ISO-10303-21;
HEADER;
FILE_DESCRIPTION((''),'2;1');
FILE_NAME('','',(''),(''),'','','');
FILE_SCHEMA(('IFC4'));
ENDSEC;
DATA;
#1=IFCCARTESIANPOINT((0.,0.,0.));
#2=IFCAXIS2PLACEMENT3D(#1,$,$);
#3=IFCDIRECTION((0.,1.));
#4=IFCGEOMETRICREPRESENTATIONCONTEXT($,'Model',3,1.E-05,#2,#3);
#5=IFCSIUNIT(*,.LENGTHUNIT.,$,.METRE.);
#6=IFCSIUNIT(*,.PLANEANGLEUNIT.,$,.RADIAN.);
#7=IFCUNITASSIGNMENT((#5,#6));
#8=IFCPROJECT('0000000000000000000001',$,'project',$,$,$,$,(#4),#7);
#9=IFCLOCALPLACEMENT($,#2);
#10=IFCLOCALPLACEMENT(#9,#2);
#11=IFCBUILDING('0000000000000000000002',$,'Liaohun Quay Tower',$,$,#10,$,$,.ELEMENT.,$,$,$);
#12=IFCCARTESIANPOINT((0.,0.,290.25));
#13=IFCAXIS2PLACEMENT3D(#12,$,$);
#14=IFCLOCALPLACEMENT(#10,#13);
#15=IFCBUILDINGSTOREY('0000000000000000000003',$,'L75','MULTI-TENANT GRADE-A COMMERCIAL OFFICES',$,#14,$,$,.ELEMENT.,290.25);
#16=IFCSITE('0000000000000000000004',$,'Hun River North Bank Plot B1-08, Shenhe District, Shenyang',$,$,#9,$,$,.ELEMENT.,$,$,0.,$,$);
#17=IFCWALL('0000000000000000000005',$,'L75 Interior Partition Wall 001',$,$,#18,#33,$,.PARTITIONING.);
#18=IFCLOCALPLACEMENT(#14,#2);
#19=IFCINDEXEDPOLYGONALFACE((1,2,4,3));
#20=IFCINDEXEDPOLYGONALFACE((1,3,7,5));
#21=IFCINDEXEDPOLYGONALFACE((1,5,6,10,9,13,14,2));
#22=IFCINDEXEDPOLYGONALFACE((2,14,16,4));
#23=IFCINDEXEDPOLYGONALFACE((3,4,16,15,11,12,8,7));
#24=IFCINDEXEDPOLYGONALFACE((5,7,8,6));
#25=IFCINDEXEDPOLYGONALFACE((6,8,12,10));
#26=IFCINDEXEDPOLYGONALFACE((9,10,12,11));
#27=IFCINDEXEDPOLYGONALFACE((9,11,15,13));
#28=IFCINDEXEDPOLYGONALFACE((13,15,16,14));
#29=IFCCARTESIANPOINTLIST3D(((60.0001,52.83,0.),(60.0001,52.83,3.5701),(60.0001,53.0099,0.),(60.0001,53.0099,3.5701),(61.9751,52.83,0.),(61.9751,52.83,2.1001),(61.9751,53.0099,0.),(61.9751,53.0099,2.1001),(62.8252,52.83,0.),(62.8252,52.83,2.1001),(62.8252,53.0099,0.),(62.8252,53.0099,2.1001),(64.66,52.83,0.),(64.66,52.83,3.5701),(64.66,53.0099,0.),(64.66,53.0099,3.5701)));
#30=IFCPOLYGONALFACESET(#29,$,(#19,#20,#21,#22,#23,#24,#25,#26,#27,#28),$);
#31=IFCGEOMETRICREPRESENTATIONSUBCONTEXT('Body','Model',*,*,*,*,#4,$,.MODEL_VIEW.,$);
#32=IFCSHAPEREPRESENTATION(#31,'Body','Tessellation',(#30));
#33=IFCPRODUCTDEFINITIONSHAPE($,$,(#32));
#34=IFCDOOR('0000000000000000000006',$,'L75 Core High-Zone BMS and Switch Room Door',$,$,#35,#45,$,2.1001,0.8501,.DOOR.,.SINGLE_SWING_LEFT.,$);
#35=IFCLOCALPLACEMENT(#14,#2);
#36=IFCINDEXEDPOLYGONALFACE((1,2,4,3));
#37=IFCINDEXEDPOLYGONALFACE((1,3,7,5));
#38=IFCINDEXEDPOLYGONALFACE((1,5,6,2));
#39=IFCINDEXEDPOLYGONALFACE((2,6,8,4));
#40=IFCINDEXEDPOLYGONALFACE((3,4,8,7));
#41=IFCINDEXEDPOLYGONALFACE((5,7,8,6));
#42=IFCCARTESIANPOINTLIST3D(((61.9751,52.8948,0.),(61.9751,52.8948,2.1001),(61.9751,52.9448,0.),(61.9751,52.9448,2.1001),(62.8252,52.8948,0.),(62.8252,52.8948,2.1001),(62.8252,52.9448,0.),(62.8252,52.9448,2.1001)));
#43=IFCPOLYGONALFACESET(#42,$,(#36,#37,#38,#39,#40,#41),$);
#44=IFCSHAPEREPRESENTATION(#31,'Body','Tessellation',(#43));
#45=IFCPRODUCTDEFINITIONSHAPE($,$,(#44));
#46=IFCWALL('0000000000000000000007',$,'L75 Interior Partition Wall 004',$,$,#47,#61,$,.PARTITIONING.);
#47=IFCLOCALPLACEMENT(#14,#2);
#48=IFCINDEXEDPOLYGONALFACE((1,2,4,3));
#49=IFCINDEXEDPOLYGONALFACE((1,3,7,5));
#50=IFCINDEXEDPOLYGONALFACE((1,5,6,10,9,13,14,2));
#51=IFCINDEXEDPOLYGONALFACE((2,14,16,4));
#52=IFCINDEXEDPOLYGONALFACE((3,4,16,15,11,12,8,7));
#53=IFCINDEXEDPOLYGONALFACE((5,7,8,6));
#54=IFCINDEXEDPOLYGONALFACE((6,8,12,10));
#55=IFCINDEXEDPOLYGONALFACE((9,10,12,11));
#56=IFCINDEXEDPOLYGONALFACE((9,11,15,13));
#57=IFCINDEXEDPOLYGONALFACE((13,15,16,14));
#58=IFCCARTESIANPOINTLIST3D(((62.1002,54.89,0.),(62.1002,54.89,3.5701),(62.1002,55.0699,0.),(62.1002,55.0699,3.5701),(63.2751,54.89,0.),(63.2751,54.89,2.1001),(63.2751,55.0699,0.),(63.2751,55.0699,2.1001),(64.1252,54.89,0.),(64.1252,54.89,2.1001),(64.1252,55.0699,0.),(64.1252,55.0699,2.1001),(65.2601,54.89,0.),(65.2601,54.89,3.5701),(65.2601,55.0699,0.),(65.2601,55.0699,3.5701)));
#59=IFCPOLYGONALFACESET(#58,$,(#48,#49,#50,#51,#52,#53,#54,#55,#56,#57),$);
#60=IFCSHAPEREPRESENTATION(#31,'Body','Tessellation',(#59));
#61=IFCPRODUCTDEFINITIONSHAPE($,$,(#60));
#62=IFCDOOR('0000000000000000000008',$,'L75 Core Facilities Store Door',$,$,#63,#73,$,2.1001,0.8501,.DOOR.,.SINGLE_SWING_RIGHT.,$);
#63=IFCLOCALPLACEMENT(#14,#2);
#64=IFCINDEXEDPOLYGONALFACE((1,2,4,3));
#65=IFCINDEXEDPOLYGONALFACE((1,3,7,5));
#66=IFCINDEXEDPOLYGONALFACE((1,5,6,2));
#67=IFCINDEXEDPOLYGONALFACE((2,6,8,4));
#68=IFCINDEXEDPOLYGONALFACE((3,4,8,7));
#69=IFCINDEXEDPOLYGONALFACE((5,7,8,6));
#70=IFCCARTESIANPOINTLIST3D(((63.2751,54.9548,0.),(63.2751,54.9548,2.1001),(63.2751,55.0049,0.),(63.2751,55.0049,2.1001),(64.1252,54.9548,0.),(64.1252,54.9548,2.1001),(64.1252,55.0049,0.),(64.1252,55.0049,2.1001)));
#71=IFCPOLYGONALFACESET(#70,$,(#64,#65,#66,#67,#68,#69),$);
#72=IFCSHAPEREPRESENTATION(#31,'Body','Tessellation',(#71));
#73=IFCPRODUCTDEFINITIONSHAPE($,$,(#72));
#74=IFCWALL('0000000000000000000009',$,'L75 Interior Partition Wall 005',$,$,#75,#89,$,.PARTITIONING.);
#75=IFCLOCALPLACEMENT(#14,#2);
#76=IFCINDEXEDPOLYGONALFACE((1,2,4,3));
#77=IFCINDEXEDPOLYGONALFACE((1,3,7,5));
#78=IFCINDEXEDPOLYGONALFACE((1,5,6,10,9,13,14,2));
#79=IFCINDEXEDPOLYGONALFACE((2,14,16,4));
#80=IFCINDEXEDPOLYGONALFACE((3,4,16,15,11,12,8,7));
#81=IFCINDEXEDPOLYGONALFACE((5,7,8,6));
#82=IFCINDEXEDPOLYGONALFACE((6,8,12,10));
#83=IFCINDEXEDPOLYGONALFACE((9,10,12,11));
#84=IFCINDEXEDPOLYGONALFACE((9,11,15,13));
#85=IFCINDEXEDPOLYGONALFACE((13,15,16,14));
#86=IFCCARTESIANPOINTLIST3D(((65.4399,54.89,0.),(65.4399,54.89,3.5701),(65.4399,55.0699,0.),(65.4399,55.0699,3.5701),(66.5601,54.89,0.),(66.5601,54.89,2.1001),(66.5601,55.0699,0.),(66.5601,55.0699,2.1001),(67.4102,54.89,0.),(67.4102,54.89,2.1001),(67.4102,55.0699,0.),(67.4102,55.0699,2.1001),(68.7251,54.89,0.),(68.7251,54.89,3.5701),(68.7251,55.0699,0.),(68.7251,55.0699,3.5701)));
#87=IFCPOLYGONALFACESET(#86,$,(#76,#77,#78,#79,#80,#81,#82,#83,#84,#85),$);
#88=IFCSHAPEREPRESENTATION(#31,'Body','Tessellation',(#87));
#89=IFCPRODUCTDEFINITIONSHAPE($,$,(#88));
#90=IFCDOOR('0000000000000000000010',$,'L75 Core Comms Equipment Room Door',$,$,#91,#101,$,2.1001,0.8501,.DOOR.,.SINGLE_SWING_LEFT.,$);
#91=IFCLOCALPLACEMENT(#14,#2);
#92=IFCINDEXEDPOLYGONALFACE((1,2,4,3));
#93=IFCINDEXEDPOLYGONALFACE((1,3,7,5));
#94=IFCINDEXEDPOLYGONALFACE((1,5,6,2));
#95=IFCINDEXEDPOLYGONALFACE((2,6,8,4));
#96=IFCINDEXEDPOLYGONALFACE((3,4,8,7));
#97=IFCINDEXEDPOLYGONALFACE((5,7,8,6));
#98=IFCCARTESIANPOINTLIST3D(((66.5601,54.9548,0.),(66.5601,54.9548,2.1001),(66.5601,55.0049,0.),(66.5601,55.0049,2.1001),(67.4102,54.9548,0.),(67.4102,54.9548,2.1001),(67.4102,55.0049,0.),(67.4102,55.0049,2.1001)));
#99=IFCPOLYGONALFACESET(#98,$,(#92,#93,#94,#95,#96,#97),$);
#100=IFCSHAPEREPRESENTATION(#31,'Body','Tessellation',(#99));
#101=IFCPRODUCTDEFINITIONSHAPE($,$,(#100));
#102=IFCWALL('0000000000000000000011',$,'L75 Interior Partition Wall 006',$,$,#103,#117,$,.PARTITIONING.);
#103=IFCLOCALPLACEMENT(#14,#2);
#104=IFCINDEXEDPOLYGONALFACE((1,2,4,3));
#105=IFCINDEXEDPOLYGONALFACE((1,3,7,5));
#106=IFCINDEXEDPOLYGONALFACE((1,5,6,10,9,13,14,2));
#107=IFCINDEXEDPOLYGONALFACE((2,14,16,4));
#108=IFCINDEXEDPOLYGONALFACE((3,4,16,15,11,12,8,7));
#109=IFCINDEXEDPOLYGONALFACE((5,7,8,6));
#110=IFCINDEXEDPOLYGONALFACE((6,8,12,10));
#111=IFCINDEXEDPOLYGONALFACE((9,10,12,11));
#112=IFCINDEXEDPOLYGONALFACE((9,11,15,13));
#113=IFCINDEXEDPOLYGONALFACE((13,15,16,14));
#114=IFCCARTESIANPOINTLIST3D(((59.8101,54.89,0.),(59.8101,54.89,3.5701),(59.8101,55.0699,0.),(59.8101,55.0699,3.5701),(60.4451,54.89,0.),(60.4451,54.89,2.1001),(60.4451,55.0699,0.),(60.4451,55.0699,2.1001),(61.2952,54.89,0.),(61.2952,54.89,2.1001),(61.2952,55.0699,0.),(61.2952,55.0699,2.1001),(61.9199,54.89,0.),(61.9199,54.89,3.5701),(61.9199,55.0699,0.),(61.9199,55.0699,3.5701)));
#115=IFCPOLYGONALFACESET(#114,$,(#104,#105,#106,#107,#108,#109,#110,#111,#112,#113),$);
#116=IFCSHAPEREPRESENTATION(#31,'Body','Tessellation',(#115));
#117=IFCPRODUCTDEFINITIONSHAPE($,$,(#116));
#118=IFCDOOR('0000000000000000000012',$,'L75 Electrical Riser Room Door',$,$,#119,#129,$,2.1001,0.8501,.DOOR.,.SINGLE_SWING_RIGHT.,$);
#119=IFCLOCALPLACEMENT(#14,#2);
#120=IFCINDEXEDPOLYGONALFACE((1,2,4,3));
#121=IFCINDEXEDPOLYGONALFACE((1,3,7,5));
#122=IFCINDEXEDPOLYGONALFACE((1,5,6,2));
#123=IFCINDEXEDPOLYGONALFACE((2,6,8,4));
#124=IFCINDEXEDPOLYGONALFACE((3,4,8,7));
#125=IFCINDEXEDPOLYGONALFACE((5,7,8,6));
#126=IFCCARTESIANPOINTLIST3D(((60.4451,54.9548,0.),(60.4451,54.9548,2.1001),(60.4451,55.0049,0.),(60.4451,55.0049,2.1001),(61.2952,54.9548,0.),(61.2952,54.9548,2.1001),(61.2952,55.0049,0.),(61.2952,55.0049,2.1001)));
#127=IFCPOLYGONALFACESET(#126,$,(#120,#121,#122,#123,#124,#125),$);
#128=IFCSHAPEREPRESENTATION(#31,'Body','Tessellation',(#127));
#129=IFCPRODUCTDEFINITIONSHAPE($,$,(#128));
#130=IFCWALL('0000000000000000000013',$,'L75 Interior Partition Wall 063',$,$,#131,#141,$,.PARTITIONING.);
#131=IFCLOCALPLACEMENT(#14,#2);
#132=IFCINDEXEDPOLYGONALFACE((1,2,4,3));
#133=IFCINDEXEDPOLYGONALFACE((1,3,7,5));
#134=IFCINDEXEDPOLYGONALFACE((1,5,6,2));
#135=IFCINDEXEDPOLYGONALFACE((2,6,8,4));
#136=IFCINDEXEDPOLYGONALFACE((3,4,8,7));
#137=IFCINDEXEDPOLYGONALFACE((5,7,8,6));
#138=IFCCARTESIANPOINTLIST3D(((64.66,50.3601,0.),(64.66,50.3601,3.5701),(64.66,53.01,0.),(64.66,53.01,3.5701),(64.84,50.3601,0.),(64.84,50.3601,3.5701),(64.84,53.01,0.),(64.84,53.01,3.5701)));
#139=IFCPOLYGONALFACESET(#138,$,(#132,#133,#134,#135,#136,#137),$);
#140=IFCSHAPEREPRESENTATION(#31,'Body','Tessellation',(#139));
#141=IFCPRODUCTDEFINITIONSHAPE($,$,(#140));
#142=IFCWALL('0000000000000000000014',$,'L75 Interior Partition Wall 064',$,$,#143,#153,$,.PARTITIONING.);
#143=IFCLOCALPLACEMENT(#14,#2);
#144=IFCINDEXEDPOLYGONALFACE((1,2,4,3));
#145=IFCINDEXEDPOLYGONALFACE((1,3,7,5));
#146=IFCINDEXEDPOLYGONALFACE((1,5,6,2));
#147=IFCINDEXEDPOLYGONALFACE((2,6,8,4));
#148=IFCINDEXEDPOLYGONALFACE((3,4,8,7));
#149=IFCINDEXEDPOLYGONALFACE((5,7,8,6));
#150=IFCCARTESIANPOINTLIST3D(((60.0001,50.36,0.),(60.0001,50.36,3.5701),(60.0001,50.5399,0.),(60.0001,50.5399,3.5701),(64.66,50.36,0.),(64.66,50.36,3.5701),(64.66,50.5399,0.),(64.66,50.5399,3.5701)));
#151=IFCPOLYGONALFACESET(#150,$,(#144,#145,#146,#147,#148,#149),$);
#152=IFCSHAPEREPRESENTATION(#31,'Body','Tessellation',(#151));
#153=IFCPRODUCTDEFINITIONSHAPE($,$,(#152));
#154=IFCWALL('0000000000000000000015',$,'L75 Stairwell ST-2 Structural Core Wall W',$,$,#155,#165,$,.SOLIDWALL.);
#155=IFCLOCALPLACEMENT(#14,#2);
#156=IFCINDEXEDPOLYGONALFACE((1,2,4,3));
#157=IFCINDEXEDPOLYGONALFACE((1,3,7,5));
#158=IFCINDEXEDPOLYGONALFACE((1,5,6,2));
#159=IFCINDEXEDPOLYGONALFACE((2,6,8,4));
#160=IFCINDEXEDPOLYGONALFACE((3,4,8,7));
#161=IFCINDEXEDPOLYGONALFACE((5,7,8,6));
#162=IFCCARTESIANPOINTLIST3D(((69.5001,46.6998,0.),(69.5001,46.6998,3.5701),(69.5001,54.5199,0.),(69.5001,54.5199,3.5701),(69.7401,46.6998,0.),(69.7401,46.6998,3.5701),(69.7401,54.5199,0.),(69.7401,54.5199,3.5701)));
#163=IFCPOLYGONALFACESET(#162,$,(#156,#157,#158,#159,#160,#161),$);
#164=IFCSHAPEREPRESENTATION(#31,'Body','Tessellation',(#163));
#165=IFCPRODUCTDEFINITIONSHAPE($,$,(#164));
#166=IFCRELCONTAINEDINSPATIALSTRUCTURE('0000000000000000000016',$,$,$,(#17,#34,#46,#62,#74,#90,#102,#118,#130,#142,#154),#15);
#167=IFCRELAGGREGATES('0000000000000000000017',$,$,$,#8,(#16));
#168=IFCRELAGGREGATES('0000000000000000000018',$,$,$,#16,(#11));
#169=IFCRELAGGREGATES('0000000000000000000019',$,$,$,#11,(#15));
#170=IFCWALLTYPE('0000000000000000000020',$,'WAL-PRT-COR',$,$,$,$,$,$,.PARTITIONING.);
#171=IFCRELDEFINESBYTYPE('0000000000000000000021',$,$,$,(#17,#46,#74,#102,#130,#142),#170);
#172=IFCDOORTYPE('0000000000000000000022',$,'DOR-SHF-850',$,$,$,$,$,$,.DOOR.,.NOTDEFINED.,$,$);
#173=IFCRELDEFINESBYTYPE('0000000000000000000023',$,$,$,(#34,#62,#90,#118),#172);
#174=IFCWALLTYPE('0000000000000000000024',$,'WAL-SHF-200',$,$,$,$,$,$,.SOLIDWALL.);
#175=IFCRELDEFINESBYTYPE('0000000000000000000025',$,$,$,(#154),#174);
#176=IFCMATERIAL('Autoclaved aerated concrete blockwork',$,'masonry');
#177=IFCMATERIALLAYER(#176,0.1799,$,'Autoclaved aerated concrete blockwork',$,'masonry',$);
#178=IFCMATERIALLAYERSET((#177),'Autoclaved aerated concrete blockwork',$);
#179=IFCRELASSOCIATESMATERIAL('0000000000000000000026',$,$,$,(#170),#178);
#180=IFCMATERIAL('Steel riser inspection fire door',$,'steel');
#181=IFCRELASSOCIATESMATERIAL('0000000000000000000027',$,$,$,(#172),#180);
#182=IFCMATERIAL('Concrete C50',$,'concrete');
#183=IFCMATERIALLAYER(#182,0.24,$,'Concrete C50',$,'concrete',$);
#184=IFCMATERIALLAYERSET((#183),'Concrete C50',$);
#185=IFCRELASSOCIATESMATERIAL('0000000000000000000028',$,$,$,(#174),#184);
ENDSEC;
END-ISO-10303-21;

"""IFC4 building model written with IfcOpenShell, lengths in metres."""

from ifc_helpers import new_model, si_unit, direction, frame, frame_2d, origin, place, context, subcontext, project, spatial, rectangle, extrude, source, transform, mapped, material, layer, layer_set, type_object, element, fill, save


model = new_model("IFC4")

# Units and contexts
model_context = context("Model", 3, precision=1e-05, world=origin(), true_north=direction((0.0, 1.0)))
body_context = subcontext(model_context, "Body", "Model", "MODEL_VIEW")
ifc_project = project(units=[si_unit("LENGTHUNIT", "METRE"), si_unit("PLANEANGLEUNIT", "RADIAN")], contexts=[model_context])

# Site, building, storey
site_placement = place(None, origin())
site = spatial("IfcSite", under=ifc_project, at=site_placement, Name="Hun River North Bank Plot B1-08, Shenhe District, Shenyang", CompositionType="ELEMENT", RefElevation=0.0)
building_placement = place(site_placement, origin())
building = spatial("IfcBuilding", under=site, at=building_placement, Name="Liaohun Quay Tower", CompositionType="ELEMENT")
storey_placement = place(building_placement, frame((0.0, 0.0, 290.25)))
storey = spatial("IfcBuildingStorey", under=building, at=storey_placement, Name="L75", Description="MULTI-TENANT GRADE-A COMMERCIAL OFFICES", CompositionType="ELEMENT", Elevation=290.25)

# Walls, openings, doors
ifc_material_1 = material(Name="Autoclaved aerated concrete blockwork", Category="masonry")
ifc_layer_1 = layer(ifc_material_1, 0.1799, Name="Autoclaved aerated concrete blockwork", Category="masonry")
ifc_layer_set_1 = layer_set([ifc_layer_1], Name="Autoclaved aerated concrete blockwork")
wall_type_1 = type_object("IfcWallType", Name="WAL-PRT-COR", PredefinedType="PARTITIONING", material=ifc_layer_set_1)
wall_1_placement = place(storey_placement, frame((60.0, 52.9199, 0.0), z_axis=(0.0, 0.0, 1.0), x_axis=(1.0, 0.0, 0.0)))
wall_1 = element("IfcWall", 1, at=wall_1_placement, inside=storey, type_object=wall_type_1, Name="L75 Interior Partition Wall 001", PredefinedType="PARTITIONING", context=body_context, shape_type="SweptSolid", body=[
    extrude(rectangle(XDim=4.6599, YDim=0.1799, at=frame_2d((2.3301, 0.0))), origin(), (0.0, 0.0, 1.0), 3.5701),
])
shared_shape_1 = source(origin(), body_context, "Body", "SweptSolid", [
    extrude(rectangle(XDim=0.8501, YDim=2.1001, at=frame_2d((0.425, 1.05))), frame((0.0, 0.0999, 0.0), z_axis=(0.0, -1.0, 0.0), x_axis=(1.0, 0.0, 0.0)), (0.0, 0.0, 1.0), 0.2),
])
opening_1_placement = place(wall_1_placement, frame((1.9751, 0.0, 0.0)))
opening_1 = element("IfcOpeningElement", 2, at=opening_1_placement, cuts=wall_1, PredefinedType="OPENING", context=body_context, shape_type="MappedRepresentation", body=[
    mapped(shared_shape_1, transform((0.0, 0.0, 0.0), x_axis=(1.0, 0.0, 0.0), y_axis=(0.0, 1.0, 0.0), z_axis=(0.0, 0.0, 1.0), scale=1.0)),
])
ifc_material_2 = material(Name="Steel riser inspection fire door", Category="steel")
door_type_1 = type_object("IfcDoorType", Name="DOR-SHF-850", OperationType="NOTDEFINED", PredefinedType="DOOR", material=ifc_material_2)
shared_shape_2 = source(origin(), body_context, "Body", "SweptSolid", [
    extrude(rectangle(XDim=0.8501, YDim=2.1001, at=frame_2d((0.425, 1.05))), frame((0.0, 0.0249, 0.0), z_axis=(0.0, -1.0, 0.0), x_axis=(1.0, 0.0, 0.0)), (0.0, 0.0, 1.0), 0.05),
])
door_1_placement = place(opening_1_placement, origin())
door_1 = element("IfcDoor", 3, at=door_1_placement, inside=storey, type_object=door_type_1, Name="L75 Core High-Zone BMS and Switch Room Door", OperationType="SINGLE_SWING_LEFT", OverallHeight=2.1001, OverallWidth=0.8501, PredefinedType="DOOR", context=body_context, shape_type="MappedRepresentation", body=[
    mapped(shared_shape_2, transform((0.0, 0.0, 0.0), x_axis=(1.0, 0.0, 0.0), y_axis=(0.0, 1.0, 0.0), z_axis=(0.0, 0.0, 1.0), scale=1.0)),
])
fill(opening_1, door_1)
wall_2_placement = place(storey_placement, frame((62.1001, 54.98, 0.0), z_axis=(0.0, 0.0, 1.0), x_axis=(1.0, 0.0, 0.0)))
wall_2 = element("IfcWall", 4, at=wall_2_placement, inside=storey, type_object=wall_type_1, Name="L75 Interior Partition Wall 004", PredefinedType="PARTITIONING", context=body_context, shape_type="SweptSolid", body=[
    extrude(rectangle(XDim=3.1599, YDim=0.1799, at=frame_2d((1.5801, 0.0))), origin(), (0.0, 0.0, 1.0), 3.5701),
])
opening_2_placement = place(wall_2_placement, frame((1.175, 0.0, 0.0)))
opening_2 = element("IfcOpeningElement", 5, at=opening_2_placement, cuts=wall_2, PredefinedType="OPENING", context=body_context, shape_type="MappedRepresentation", body=[
    mapped(shared_shape_1, transform((0.0, 0.0, 0.0), x_axis=(1.0, 0.0, 0.0), y_axis=(0.0, 1.0, 0.0), z_axis=(0.0, 0.0, 1.0), scale=1.0)),
])
door_2_placement = place(opening_2_placement, origin())
door_2 = element("IfcDoor", 6, at=door_2_placement, inside=storey, type_object=door_type_1, Name="L75 Core Facilities Store Door", OperationType="SINGLE_SWING_RIGHT", OverallHeight=2.1001, OverallWidth=0.8501, PredefinedType="DOOR", context=body_context, shape_type="MappedRepresentation", body=[
    mapped(shared_shape_2, transform((0.0, 0.0, 0.0), x_axis=(1.0, 0.0, 0.0), y_axis=(0.0, 1.0, 0.0), z_axis=(0.0, 0.0, 1.0), scale=1.0)),
])
fill(opening_2, door_2)
wall_3_placement = place(storey_placement, frame((65.4399, 54.98, 0.0), z_axis=(0.0, 0.0, 1.0), x_axis=(1.0, 0.0, 0.0)))
wall_3 = element("IfcWall", 7, at=wall_3_placement, inside=storey, type_object=wall_type_1, Name="L75 Interior Partition Wall 005", PredefinedType="PARTITIONING", context=body_context, shape_type="SweptSolid", body=[
    extrude(rectangle(XDim=3.2852, YDim=0.1799, at=frame_2d((1.6426, 0.0))), origin(), (0.0, 0.0, 1.0), 3.5701),
])
opening_3_placement = place(wall_3_placement, frame((1.1201, 0.0, 0.0)))
opening_3 = element("IfcOpeningElement", 8, at=opening_3_placement, cuts=wall_3, PredefinedType="OPENING", context=body_context, shape_type="MappedRepresentation", body=[
    mapped(shared_shape_1, transform((0.0, 0.0, 0.0), x_axis=(1.0, 0.0, 0.0), y_axis=(0.0, 1.0, 0.0), z_axis=(0.0, 0.0, 1.0), scale=1.0)),
])
door_3_placement = place(opening_3_placement, origin())
door_3 = element("IfcDoor", 9, at=door_3_placement, inside=storey, type_object=door_type_1, Name="L75 Core Comms Equipment Room Door", OperationType="SINGLE_SWING_LEFT", OverallHeight=2.1001, OverallWidth=0.8501, PredefinedType="DOOR", context=body_context, shape_type="MappedRepresentation", body=[
    mapped(shared_shape_2, transform((0.0, 0.0, 0.0), x_axis=(1.0, 0.0, 0.0), y_axis=(0.0, 1.0, 0.0), z_axis=(0.0, 0.0, 1.0), scale=1.0)),
])
fill(opening_3, door_3)
wall_4_placement = place(storey_placement, frame((59.8101, 54.98, 0.0), z_axis=(0.0, 0.0, 1.0), x_axis=(1.0, 0.0, 0.0)))
wall_4 = element("IfcWall", 10, at=wall_4_placement, inside=storey, type_object=wall_type_1, Name="L75 Interior Partition Wall 006", PredefinedType="PARTITIONING", context=body_context, shape_type="SweptSolid", body=[
    extrude(rectangle(XDim=2.1099, YDim=0.1799, at=frame_2d((1.0549, 0.0))), origin(), (0.0, 0.0, 1.0), 3.5701),
])
opening_4_placement = place(wall_4_placement, frame((0.635, 0.0, 0.0)))
opening_4 = element("IfcOpeningElement", 11, at=opening_4_placement, cuts=wall_4, PredefinedType="OPENING", context=body_context, shape_type="MappedRepresentation", body=[
    mapped(shared_shape_1, transform((0.0, 0.0, 0.0), x_axis=(1.0, 0.0, 0.0), y_axis=(0.0, 1.0, 0.0), z_axis=(0.0, 0.0, 1.0), scale=1.0)),
])
door_4_placement = place(opening_4_placement, origin())
door_4 = element("IfcDoor", 12, at=door_4_placement, inside=storey, type_object=door_type_1, Name="L75 Electrical Riser Room Door", OperationType="SINGLE_SWING_RIGHT", OverallHeight=2.1001, OverallWidth=0.8501, PredefinedType="DOOR", context=body_context, shape_type="MappedRepresentation", body=[
    mapped(shared_shape_2, transform((0.0, 0.0, 0.0), x_axis=(1.0, 0.0, 0.0), y_axis=(0.0, 1.0, 0.0), z_axis=(0.0, 0.0, 1.0), scale=1.0)),
])
fill(opening_4, door_4)

# Walls
wall_5_placement = place(storey_placement, frame((64.75, 50.3601, 0.0), z_axis=(0.0, 0.0, 1.0), x_axis=(0.0, 1.0, 0.0)))
element("IfcWall", 13, at=wall_5_placement, inside=storey, type_object=wall_type_1, Name="L75 Interior Partition Wall 063", PredefinedType="PARTITIONING", context=body_context, shape_type="SweptSolid", body=[
    extrude(rectangle(XDim=2.6499, YDim=0.1799, at=frame_2d((1.325, 0.0))), origin(), (0.0, 0.0, 1.0), 3.5701),
])
wall_6_placement = place(storey_placement, frame((60.0, 50.45, 0.0), z_axis=(0.0, 0.0, 1.0), x_axis=(1.0, 0.0, 0.0)))
element("IfcWall", 14, at=wall_6_placement, inside=storey, type_object=wall_type_1, Name="L75 Interior Partition Wall 064", PredefinedType="PARTITIONING", context=body_context, shape_type="SweptSolid", body=[
    extrude(rectangle(XDim=4.6599, YDim=0.1799, at=frame_2d((2.3301, 0.0))), origin(), (0.0, 0.0, 1.0), 3.5701),
])
ifc_material_3 = material(Name="Concrete C50", Category="concrete")
ifc_layer_2 = layer(ifc_material_3, 0.24, Name="Concrete C50", Category="concrete")
ifc_layer_set_2 = layer_set([ifc_layer_2], Name="Concrete C50")
wall_type_2 = type_object("IfcWallType", Name="WAL-SHF-200", PredefinedType="SOLIDWALL", material=ifc_layer_set_2)
wall_7_placement = place(storey_placement, frame((69.6201, 54.52, 0.0), z_axis=(0.0, 0.0, 1.0), x_axis=(0.0, -1.0, 0.0)))
element("IfcWall", 15, at=wall_7_placement, inside=storey, type_object=wall_type_2, Name="L75 Stairwell ST-2 Structural Core Wall W", PredefinedType="SOLIDWALL", context=body_context, shape_type="SweptSolid", body=[
    extrude(rectangle(XDim=7.8201, YDim=0.24, at=frame_2d((3.9102, 0.0))), origin(), (0.0, 0.0, 1.0), 3.5701),
])

save(model, "model.ifc")
